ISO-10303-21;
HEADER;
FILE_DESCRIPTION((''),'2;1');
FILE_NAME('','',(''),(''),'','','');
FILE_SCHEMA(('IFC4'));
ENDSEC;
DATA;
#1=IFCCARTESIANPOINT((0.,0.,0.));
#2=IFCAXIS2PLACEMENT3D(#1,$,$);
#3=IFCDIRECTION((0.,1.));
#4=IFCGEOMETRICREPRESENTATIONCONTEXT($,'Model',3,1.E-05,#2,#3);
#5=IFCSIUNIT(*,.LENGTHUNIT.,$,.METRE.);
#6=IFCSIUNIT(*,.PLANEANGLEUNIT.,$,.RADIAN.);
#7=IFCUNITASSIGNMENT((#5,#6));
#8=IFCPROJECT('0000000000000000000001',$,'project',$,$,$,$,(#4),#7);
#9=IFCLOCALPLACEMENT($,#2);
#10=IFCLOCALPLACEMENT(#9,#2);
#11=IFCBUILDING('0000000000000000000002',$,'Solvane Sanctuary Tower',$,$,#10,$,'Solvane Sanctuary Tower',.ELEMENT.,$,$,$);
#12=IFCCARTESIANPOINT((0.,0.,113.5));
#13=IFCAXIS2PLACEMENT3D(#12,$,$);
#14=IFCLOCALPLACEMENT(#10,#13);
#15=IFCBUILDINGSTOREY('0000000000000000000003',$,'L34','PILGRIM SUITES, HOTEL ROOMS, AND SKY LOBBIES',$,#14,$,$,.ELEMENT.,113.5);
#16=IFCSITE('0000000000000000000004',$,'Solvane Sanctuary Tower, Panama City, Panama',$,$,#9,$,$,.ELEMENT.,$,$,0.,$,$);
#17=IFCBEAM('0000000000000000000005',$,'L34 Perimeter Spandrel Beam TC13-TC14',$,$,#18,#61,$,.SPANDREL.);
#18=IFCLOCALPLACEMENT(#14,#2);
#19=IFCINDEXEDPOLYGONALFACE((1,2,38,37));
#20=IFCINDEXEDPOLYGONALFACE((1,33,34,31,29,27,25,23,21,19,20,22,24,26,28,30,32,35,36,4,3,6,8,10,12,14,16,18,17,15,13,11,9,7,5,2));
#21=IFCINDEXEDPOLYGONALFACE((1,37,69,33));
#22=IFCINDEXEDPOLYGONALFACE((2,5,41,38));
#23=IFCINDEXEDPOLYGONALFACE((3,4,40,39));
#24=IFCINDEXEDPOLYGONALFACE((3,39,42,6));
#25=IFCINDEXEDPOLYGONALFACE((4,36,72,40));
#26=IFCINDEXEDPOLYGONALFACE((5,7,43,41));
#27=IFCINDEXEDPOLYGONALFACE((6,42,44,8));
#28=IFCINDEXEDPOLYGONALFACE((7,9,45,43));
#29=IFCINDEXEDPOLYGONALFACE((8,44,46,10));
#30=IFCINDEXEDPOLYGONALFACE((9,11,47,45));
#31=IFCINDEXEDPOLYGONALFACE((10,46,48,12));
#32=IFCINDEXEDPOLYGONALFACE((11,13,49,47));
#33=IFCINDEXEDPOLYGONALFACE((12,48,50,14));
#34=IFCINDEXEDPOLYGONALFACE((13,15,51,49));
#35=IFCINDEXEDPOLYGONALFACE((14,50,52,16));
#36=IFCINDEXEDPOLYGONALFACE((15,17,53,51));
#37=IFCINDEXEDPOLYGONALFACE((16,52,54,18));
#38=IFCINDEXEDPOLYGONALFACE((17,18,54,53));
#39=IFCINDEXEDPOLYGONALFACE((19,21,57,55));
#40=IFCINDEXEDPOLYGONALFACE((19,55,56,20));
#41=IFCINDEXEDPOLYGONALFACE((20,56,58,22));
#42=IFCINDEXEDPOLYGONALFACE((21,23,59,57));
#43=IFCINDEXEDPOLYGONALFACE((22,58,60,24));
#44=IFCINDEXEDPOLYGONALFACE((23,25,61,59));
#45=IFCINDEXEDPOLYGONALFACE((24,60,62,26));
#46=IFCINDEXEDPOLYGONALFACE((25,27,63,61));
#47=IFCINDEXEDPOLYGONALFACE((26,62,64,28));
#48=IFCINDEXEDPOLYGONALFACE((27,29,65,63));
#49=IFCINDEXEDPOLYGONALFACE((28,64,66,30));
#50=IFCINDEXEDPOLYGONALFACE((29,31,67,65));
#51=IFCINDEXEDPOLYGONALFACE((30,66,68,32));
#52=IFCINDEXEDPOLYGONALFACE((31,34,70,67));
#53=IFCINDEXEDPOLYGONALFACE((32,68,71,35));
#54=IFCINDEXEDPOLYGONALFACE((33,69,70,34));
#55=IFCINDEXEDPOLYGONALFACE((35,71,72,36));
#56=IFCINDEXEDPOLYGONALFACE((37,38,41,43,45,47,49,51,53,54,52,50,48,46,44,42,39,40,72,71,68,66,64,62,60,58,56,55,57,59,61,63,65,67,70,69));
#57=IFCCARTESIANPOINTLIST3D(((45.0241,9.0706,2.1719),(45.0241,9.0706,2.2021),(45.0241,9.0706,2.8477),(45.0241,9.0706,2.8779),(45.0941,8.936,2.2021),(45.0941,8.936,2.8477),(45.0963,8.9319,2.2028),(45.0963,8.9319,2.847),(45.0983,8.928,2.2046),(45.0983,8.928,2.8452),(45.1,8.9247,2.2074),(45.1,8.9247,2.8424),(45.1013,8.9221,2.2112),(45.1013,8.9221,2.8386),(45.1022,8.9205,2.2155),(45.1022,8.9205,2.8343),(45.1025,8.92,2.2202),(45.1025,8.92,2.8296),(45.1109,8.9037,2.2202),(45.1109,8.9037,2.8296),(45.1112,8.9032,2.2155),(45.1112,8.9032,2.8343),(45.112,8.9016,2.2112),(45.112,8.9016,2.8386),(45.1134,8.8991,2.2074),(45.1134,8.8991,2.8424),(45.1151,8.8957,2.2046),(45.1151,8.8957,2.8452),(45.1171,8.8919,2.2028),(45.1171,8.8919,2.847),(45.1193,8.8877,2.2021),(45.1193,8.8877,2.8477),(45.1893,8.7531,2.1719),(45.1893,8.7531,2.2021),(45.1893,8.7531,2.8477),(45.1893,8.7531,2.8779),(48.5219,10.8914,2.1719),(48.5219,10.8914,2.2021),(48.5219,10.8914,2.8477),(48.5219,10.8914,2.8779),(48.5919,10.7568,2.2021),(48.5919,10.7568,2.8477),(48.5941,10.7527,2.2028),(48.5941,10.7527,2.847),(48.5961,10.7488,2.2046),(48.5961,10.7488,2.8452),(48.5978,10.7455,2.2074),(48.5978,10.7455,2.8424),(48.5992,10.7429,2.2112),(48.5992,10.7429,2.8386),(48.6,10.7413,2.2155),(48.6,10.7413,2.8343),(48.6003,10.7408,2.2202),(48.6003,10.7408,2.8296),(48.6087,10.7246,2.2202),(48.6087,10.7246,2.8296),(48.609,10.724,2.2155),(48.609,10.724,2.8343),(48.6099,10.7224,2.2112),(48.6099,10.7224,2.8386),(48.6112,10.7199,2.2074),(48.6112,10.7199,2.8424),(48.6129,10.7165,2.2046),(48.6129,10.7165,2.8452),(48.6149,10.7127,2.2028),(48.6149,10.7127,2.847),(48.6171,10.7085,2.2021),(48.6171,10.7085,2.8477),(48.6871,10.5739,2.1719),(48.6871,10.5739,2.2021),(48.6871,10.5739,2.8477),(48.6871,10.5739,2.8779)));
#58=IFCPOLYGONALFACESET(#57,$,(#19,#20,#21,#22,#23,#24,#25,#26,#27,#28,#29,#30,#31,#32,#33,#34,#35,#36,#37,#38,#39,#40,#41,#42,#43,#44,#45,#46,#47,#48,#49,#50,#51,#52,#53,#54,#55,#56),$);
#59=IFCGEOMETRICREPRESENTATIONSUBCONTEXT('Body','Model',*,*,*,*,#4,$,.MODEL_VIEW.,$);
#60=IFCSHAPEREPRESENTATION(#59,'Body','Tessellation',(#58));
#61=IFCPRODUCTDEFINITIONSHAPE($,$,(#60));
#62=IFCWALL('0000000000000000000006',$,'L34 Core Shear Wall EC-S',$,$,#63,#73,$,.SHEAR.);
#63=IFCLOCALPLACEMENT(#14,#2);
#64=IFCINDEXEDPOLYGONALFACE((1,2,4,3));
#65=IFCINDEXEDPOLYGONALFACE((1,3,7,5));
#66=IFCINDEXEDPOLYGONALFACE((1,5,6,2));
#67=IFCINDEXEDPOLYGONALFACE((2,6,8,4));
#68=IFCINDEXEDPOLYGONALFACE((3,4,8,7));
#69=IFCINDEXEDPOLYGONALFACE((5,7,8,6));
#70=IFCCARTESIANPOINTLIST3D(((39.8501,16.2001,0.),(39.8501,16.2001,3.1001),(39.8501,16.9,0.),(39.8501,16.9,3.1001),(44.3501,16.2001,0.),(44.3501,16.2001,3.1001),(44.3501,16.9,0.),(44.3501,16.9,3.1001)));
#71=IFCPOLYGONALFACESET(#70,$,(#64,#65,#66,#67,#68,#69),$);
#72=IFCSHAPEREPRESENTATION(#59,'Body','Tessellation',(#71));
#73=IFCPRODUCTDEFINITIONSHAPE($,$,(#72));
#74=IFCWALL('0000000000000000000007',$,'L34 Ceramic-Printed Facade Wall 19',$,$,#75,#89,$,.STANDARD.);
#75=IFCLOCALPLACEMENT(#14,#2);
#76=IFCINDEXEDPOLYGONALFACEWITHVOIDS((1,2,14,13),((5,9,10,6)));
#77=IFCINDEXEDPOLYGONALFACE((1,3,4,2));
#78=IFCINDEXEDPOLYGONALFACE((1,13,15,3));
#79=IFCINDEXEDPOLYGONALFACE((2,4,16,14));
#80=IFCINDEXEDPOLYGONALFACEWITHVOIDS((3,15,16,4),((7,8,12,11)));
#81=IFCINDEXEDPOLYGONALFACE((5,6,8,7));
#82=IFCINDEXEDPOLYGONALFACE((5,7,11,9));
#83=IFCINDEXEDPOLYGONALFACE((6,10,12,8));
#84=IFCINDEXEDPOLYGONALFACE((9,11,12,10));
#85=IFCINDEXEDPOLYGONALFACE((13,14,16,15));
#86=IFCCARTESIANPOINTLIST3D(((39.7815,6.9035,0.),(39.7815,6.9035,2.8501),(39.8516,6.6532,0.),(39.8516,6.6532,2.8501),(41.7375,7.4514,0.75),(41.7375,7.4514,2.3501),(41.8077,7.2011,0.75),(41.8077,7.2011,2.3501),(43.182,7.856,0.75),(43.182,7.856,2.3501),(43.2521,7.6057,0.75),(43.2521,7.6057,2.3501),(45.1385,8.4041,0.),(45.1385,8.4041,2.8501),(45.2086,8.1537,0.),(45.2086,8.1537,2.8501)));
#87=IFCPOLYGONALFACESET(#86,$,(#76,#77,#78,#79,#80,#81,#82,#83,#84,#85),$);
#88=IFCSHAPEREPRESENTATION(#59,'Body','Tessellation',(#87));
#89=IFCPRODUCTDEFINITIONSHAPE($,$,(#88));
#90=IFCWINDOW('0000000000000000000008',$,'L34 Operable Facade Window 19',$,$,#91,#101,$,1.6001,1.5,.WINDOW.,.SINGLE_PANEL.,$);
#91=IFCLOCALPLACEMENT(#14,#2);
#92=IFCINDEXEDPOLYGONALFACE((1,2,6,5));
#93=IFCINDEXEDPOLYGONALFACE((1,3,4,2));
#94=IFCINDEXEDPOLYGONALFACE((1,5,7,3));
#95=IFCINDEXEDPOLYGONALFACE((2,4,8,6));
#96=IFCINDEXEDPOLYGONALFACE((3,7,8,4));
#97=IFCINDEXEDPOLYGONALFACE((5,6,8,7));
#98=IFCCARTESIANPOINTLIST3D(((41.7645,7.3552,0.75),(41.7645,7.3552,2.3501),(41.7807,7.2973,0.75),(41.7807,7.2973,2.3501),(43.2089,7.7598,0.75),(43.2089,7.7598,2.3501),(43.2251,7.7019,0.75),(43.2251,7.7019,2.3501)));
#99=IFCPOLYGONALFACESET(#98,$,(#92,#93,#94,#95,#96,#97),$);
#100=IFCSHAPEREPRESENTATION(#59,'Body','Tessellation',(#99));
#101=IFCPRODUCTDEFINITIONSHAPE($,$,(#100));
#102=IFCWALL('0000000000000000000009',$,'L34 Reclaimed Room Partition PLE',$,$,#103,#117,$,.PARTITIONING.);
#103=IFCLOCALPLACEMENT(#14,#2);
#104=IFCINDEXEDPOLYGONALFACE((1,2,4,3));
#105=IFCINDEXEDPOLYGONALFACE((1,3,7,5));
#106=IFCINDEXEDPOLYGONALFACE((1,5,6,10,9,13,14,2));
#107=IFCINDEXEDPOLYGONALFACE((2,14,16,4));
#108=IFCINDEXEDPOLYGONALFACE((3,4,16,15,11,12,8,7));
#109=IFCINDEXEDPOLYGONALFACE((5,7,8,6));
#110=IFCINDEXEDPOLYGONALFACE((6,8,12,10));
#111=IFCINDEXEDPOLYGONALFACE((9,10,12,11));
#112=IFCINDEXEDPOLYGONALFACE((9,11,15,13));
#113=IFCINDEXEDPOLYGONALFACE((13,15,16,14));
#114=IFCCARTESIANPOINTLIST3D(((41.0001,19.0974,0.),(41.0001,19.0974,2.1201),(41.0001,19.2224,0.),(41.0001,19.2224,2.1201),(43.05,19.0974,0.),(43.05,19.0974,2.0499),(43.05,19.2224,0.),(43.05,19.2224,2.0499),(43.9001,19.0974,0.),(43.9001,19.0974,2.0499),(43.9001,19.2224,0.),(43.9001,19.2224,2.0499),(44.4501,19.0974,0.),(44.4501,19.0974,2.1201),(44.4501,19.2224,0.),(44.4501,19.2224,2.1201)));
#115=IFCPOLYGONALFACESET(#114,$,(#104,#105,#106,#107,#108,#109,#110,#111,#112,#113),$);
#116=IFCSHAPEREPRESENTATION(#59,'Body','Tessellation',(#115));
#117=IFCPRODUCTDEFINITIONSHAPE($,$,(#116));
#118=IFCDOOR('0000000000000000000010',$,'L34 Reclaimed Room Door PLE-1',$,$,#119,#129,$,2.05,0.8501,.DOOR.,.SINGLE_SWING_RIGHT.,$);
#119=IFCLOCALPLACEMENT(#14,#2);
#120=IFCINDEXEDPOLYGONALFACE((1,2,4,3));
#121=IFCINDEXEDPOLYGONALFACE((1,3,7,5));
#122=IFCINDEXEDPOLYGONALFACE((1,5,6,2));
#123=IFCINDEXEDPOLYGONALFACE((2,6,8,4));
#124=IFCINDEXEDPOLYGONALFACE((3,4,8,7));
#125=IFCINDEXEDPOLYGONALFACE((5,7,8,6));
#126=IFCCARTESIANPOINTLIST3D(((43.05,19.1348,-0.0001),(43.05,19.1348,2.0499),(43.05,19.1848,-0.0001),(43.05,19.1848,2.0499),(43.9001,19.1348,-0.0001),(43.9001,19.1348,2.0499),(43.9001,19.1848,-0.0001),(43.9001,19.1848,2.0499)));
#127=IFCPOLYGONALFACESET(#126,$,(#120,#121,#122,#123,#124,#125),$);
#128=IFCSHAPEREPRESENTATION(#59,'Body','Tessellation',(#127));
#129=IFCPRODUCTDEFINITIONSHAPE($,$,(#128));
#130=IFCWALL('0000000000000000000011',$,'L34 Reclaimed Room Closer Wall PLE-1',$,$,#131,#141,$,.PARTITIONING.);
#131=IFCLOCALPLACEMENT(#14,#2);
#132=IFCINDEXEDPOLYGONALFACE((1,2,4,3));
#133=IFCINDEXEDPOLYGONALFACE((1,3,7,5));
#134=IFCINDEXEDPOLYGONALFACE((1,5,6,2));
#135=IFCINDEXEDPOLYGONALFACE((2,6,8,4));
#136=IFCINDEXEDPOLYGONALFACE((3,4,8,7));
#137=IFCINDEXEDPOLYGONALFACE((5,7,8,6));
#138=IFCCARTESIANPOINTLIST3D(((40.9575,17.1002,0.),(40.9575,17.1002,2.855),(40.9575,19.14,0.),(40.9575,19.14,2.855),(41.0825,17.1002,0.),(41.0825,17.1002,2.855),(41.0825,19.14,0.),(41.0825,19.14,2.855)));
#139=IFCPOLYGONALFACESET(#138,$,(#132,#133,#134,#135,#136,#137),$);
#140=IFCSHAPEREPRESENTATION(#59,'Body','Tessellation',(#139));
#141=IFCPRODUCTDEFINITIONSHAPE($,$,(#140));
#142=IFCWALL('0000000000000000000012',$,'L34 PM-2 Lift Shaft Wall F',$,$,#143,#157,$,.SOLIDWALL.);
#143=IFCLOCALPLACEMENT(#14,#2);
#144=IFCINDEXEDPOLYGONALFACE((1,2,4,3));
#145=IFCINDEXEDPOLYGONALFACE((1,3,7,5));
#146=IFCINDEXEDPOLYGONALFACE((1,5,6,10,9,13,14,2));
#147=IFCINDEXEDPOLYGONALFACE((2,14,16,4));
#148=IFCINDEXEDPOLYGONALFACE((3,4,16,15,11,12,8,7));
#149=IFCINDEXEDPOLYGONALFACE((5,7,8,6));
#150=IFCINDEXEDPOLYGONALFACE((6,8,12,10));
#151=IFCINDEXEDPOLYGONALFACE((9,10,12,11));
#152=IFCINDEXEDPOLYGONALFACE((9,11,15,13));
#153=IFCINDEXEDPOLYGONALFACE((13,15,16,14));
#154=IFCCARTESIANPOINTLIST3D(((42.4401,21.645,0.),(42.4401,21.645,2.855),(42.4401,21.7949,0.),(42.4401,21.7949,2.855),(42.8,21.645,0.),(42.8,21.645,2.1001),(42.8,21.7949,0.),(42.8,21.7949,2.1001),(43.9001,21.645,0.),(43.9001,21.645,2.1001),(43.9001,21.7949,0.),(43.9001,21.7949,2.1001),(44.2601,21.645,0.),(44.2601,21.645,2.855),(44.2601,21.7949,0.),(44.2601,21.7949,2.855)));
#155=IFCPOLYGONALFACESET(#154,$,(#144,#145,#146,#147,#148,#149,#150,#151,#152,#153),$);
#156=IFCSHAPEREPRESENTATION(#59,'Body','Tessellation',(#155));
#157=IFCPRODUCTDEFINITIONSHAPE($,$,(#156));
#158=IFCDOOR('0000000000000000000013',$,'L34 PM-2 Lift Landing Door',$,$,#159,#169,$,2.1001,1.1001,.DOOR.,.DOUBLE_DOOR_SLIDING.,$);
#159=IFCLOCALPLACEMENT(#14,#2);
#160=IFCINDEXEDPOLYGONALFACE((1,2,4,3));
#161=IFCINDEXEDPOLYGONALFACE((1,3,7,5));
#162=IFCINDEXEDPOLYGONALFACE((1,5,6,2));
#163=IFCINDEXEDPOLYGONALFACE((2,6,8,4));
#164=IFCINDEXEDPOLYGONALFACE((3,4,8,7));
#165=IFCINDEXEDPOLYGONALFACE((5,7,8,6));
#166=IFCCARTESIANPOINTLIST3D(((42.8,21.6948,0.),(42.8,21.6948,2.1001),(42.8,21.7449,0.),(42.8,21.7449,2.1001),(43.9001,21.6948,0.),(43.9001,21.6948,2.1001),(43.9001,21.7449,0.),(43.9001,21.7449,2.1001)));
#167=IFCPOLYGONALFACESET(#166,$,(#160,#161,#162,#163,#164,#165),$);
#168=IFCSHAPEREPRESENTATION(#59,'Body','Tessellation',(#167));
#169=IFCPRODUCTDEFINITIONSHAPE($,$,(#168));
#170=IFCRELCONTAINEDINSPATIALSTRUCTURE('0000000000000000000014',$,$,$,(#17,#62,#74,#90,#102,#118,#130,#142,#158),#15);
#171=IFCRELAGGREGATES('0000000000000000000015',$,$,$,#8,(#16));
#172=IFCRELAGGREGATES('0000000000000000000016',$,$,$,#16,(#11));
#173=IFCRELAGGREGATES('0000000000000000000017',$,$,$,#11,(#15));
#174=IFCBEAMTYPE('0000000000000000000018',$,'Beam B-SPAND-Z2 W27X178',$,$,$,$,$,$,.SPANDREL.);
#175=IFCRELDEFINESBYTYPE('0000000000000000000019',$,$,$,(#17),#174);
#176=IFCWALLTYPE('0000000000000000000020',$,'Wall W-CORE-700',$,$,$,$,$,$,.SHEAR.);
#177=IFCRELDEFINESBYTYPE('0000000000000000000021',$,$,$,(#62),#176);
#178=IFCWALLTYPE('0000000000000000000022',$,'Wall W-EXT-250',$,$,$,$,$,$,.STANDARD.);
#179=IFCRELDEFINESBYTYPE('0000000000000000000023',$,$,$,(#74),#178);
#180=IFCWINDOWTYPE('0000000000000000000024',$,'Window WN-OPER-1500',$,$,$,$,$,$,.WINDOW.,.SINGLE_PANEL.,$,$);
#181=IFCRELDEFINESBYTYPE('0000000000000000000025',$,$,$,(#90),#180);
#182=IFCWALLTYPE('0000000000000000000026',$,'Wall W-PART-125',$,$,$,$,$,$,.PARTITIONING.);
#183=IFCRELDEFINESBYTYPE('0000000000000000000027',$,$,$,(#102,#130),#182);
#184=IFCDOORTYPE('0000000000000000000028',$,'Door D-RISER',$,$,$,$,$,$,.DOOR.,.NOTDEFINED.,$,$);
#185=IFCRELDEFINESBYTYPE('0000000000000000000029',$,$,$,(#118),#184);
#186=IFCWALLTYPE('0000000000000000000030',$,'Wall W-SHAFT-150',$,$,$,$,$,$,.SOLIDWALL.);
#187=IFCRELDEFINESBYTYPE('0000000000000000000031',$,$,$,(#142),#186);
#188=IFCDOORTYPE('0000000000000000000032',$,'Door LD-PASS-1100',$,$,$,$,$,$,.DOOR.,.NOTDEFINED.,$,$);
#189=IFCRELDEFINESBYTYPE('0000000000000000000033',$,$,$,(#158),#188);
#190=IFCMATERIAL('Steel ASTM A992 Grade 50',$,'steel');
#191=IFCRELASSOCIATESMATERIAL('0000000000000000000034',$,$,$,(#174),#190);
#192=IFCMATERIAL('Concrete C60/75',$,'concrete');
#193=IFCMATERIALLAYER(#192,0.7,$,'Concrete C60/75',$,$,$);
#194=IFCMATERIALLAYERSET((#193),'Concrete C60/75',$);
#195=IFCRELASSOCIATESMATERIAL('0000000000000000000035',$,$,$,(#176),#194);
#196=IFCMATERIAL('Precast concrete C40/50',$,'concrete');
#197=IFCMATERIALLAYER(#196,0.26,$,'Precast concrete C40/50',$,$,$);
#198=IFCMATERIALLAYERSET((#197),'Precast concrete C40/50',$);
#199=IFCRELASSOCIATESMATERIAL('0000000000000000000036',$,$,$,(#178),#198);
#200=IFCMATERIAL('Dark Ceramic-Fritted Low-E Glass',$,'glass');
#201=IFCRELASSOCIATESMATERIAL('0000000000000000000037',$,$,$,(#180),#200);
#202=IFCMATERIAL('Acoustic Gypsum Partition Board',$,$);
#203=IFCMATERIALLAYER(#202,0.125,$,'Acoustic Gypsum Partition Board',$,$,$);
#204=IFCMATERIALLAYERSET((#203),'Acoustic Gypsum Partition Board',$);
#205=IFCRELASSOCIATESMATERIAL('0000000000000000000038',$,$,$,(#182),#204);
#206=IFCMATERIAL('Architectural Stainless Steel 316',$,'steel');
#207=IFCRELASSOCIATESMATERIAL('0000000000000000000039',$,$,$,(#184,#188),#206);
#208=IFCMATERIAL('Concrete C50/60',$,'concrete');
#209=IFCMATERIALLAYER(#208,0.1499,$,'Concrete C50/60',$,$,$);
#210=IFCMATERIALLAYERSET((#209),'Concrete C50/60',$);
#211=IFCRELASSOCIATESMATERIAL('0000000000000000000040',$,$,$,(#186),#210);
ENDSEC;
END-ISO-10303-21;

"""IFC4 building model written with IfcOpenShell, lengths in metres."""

from ifc_helpers import new_model, si_unit, direction, frame, frame_2d, origin, origin_2d, place, context, subcontext, project, spatial, rectangle, i_section, extrude, material, layer, layer_set, material_profile, profile_set, type_object, element, fill, save


model = new_model("IFC4")

# Units and contexts
model_context = context("Model", 3, precision=1e-05, world=origin(), true_north=direction((0.0, 1.0)))
body_context = subcontext(model_context, "Body", "Model", "MODEL_VIEW")
ifc_project = project(units=[si_unit("LENGTHUNIT", "METRE"), si_unit("PLANEANGLEUNIT", "RADIAN")], contexts=[model_context])

# Site, building, storey
site_placement = place(None, origin())
site = spatial("IfcSite", under=ifc_project, at=site_placement, Name="Solvane Sanctuary Tower, Panama City, Panama", CompositionType="ELEMENT", RefElevation=0.0)
building_placement = place(site_placement, origin())
building = spatial("IfcBuilding", under=site, at=building_placement, Name="Solvane Sanctuary Tower", LongName="Solvane Sanctuary Tower", CompositionType="ELEMENT")
storey_placement = place(building_placement, frame((0.0, 0.0, 113.5)))
storey = spatial("IfcBuildingStorey", under=building, at=storey_placement, Name="L34", Description="PILGRIM SUITES, HOTEL ROOMS, AND SKY LOBBIES", CompositionType="ELEMENT", Elevation=113.5)

# Shared definitions
ifc_material_1 = material(Name="Concrete C60/75", Category="concrete")

# Beam
ifc_material_2 = material(Name="Steel ASTM A992 Grade 50", Category="steel")
ifc_material_profile_1 = material_profile(ifc_material_2, i_section(OverallWidth=0.3579, OverallDepth=0.7061, WebThickness=0.0183, FlangeThickness=0.0303, FilletRadius=0.0181, at=origin_2d()), Name="W27X178")
ifc_profile_set_1 = profile_set([ifc_material_profile_1], Name="Steel ASTM A992 Grade 50")
beam_type_1 = type_object("IfcBeamType", Name="Beam B-SPAND-Z2 W27X178", PredefinedType="SPANDREL", material=ifc_profile_set_1)
beam_1_placement = place(storey_placement, frame((45.1067, 8.9119, 2.5249), z_axis=(0.887015, 0.461741, 0.0), x_axis=(-0.461741, 0.887015, 0.0)))
element("IfcBeam", 1, at=beam_1_placement, inside=storey, type_object=beam_type_1, Name="L34 Perimeter Spandrel Beam TC13-TC14", PredefinedType="SPANDREL", context=body_context, shape_type="SweptSolid", body=[
    extrude(i_section(OverallWidth=0.3579, OverallDepth=0.7061, WebThickness=0.0183, FlangeThickness=0.0303, FilletRadius=0.0181, at=origin_2d()), origin(), (0.0, 0.0, 1.0), 3.9434),
])

# Wall
ifc_layer_1 = layer(ifc_material_1, 0.7, Name="Concrete C60/75")
ifc_layer_set_1 = layer_set([ifc_layer_1], Name="Concrete C60/75")
wall_type_1 = type_object("IfcWallType", Name="Wall W-CORE-700", PredefinedType="SHEAR", material=ifc_layer_set_1)
wall_1_placement = place(storey_placement, frame((39.8501, 16.55, 0.0), z_axis=(0.0, 0.0, 1.0), x_axis=(1.0, 0.0, 0.0)))
element("IfcWall", 2, at=wall_1_placement, inside=storey, type_object=wall_type_1, Name="L34 Core Shear Wall EC-S", PredefinedType="SHEAR", context=body_context, shape_type="SweptSolid", body=[
    extrude(rectangle(XDim=4.5, YDim=0.7, at=frame_2d((2.25, 0.0))), origin(), (0.0, 0.0, 1.0), 3.1001),
])

# Wall, opening, window
ifc_material_3 = material(Name="Precast concrete C40/50", Category="concrete")
ifc_layer_2 = layer(ifc_material_3, 0.26, Name="Precast concrete C40/50")
ifc_layer_set_2 = layer_set([ifc_layer_2], Name="Precast concrete C40/50")
wall_type_2 = type_object("IfcWallType", Name="Wall W-EXT-250", PredefinedType="STANDARD", material=ifc_layer_set_2)
wall_2_placement = place(storey_placement, frame((39.8164, 6.7783, 0.0), z_axis=(0.0, 0.0, 1.0), x_axis=(0.962938, 0.269721, 0.0)))
wall_2 = element("IfcWall", 3, at=wall_2_placement, inside=storey, type_object=wall_type_2, Name="L34 Ceramic-Printed Facade Wall 19", PredefinedType="STANDARD", context=body_context, shape_type="SweptSolid", body=[
    extrude(rectangle(XDim=5.5632, YDim=0.26, at=frame_2d((2.7817, 0.0))), origin(), (0.0, 0.0, 1.0), 2.8501),
])
opening_1_placement = place(wall_2_placement, frame((2.0315, 0.0, 0.75)))
opening_1 = element("IfcOpeningElement", 4, at=opening_1_placement, cuts=wall_2, PredefinedType="OPENING", context=body_context, shape_type="SweptSolid", body=[
    extrude(rectangle(XDim=1.5, YDim=1.6001, at=frame_2d((0.75, 0.8))), frame((0.0, 0.1399, 0.0), z_axis=(0.0, -1.0, 0.0), x_axis=(1.0, 0.0, 0.0)), (0.0, 0.0, 1.0), 0.28),
])
ifc_material_4 = material(Name="Dark Ceramic-Fritted Low-E Glass", Category="glass")
window_type = type_object("IfcWindowType", Name="Window WN-OPER-1500", PartitioningType="SINGLE_PANEL", PredefinedType="WINDOW", material=ifc_material_4)
window_placement = place(opening_1_placement, origin())
window = element("IfcWindow", 5, at=window_placement, inside=storey, type_object=window_type, Name="L34 Operable Facade Window 19", OverallHeight=1.6001, OverallWidth=1.5, PartitioningType="SINGLE_PANEL", PredefinedType="WINDOW", context=body_context, shape_type="SweptSolid", body=[
    extrude(rectangle(XDim=1.5, YDim=1.6001, at=frame_2d((0.75, 0.8))), frame((0.0, 0.03, 0.0), z_axis=(0.0, -1.0, 0.0), x_axis=(1.0, 0.0, 0.0)), (0.0, 0.0, 1.0), 0.0601),
])
fill(opening_1, window)

# Wall, opening, door
ifc_material_5 = material(Name="Acoustic Gypsum Partition Board")
ifc_layer_3 = layer(ifc_material_5, 0.125, Name="Acoustic Gypsum Partition Board")
ifc_layer_set_3 = layer_set([ifc_layer_3], Name="Acoustic Gypsum Partition Board")
wall_type_3 = type_object("IfcWallType", Name="Wall W-PART-125", PredefinedType="PARTITIONING", material=ifc_layer_set_3)
wall_3_placement = place(storey_placement, frame((41.0, 19.1599, 0.0), z_axis=(0.0, 0.0, 1.0), x_axis=(1.0, 0.0, 0.0)))
wall_3 = element("IfcWall", 6, at=wall_3_placement, inside=storey, type_object=wall_type_3, Name="L34 Reclaimed Room Partition PLE", PredefinedType="PARTITIONING", context=body_context, shape_type="SweptSolid", body=[
    extrude(rectangle(XDim=3.45, YDim=0.125, at=frame_2d((1.7251, 0.0))), origin(), (0.0, 0.0, 1.0), 2.1201),
])
opening_2_placement = place(wall_3_placement, frame((2.05, 0.0, 0.0)))
opening_2 = element("IfcOpeningElement", 7, at=opening_2_placement, cuts=wall_3, PredefinedType="OPENING", context=body_context, shape_type="SweptSolid", body=[
    extrude(rectangle(XDim=0.8501, YDim=2.05, at=frame_2d((0.425, 1.0249))), frame((0.0, 0.0725, 0.0), z_axis=(0.0, -1.0, 0.0), x_axis=(1.0, 0.0, 0.0)), (0.0, 0.0, 1.0), 0.145),
])
ifc_material_6 = material(Name="Architectural Stainless Steel 316", Category="steel")
door_type_1 = type_object("IfcDoorType", Name="Door D-RISER", OperationType="NOTDEFINED", PredefinedType="DOOR", material=ifc_material_6)
door_1_placement = place(opening_2_placement, origin())
door_1 = element("IfcDoor", 8, at=door_1_placement, inside=storey, type_object=door_type_1, Name="L34 Reclaimed Room Door PLE-1", OperationType="SINGLE_SWING_RIGHT", OverallHeight=2.05, OverallWidth=0.8501, PredefinedType="DOOR", context=body_context, shape_type="SweptSolid", body=[
    extrude(rectangle(XDim=0.8501, YDim=2.05, at=frame_2d((0.425, 1.0249))), frame((0.0, 0.0249, 0.0), z_axis=(0.0, -1.0, 0.0), x_axis=(1.0, 0.0, 0.0)), (0.0, 0.0, 1.0), 0.05),
])
fill(opening_2, door_1)

# Wall
wall_4_placement = place(storey_placement, frame((41.02, 17.1001, 0.0), z_axis=(0.0, 0.0, 1.0), x_axis=(0.0, 1.0, 0.0)))
element("IfcWall", 9, at=wall_4_placement, inside=storey, type_object=wall_type_3, Name="L34 Reclaimed Room Closer Wall PLE-1", PredefinedType="PARTITIONING", context=body_context, shape_type="SweptSolid", body=[
    extrude(rectangle(XDim=2.0398, YDim=0.125, at=frame_2d((1.02, 0.0))), origin(), (0.0, 0.0, 1.0), 2.855),
])

# Wall, opening, door
ifc_material_7 = material(Name="Concrete C50/60", Category="concrete")
ifc_layer_4 = layer(ifc_material_7, 0.1499, Name="Concrete C50/60")
ifc_layer_set_4 = layer_set([ifc_layer_4], Name="Concrete C50/60")
wall_type_4 = type_object("IfcWallType", Name="Wall W-SHAFT-150", PredefinedType="SOLIDWALL", material=ifc_layer_set_4)
wall_5_placement = place(storey_placement, frame((42.4399, 21.72, 0.0), z_axis=(0.0, 0.0, 1.0), x_axis=(1.0, 0.0, 0.0)))
wall_5 = element("IfcWall", 10, at=wall_5_placement, inside=storey, type_object=wall_type_4, Name="L34 PM-2 Lift Shaft Wall F", PredefinedType="SOLIDWALL", context=body_context, shape_type="SweptSolid", body=[
    extrude(rectangle(XDim=1.8201, YDim=0.1499, at=frame_2d((0.9102, 0.0))), origin(), (0.0, 0.0, 1.0), 2.855),
])
opening_3_placement = place(wall_5_placement, frame((0.3601, 0.0, 0.0)))
opening_3 = element("IfcOpeningElement", 11, at=opening_3_placement, cuts=wall_5, PredefinedType="OPENING", context=body_context, shape_type="SweptSolid", body=[
    extrude(rectangle(XDim=1.1001, YDim=2.1001, at=frame_2d((0.55, 1.05))), frame((0.0, 0.085, 0.0), z_axis=(0.0, -1.0, 0.0), x_axis=(1.0, 0.0, 0.0)), (0.0, 0.0, 1.0), 0.1699),
])
door_type_2 = type_object("IfcDoorType", Name="Door LD-PASS-1100", OperationType="NOTDEFINED", PredefinedType="DOOR", material=ifc_material_6)
door_2_placement = place(opening_3_placement, origin())
door_2 = element("IfcDoor", 12, at=door_2_placement, inside=storey, type_object=door_type_2, Name="L34 PM-2 Lift Landing Door", OperationType="DOUBLE_DOOR_SLIDING", OverallHeight=2.1001, OverallWidth=1.1001, PredefinedType="DOOR", context=body_context, shape_type="SweptSolid", body=[
    extrude(rectangle(XDim=1.1001, YDim=2.1001, at=frame_2d((0.55, 1.05))), frame((0.0, 0.0249, 0.0), z_axis=(0.0, -1.0, 0.0), x_axis=(1.0, 0.0, 0.0)), (0.0, 0.0, 1.0), 0.05),
])
fill(opening_3, door_2)

save(model, "model.ifc")
